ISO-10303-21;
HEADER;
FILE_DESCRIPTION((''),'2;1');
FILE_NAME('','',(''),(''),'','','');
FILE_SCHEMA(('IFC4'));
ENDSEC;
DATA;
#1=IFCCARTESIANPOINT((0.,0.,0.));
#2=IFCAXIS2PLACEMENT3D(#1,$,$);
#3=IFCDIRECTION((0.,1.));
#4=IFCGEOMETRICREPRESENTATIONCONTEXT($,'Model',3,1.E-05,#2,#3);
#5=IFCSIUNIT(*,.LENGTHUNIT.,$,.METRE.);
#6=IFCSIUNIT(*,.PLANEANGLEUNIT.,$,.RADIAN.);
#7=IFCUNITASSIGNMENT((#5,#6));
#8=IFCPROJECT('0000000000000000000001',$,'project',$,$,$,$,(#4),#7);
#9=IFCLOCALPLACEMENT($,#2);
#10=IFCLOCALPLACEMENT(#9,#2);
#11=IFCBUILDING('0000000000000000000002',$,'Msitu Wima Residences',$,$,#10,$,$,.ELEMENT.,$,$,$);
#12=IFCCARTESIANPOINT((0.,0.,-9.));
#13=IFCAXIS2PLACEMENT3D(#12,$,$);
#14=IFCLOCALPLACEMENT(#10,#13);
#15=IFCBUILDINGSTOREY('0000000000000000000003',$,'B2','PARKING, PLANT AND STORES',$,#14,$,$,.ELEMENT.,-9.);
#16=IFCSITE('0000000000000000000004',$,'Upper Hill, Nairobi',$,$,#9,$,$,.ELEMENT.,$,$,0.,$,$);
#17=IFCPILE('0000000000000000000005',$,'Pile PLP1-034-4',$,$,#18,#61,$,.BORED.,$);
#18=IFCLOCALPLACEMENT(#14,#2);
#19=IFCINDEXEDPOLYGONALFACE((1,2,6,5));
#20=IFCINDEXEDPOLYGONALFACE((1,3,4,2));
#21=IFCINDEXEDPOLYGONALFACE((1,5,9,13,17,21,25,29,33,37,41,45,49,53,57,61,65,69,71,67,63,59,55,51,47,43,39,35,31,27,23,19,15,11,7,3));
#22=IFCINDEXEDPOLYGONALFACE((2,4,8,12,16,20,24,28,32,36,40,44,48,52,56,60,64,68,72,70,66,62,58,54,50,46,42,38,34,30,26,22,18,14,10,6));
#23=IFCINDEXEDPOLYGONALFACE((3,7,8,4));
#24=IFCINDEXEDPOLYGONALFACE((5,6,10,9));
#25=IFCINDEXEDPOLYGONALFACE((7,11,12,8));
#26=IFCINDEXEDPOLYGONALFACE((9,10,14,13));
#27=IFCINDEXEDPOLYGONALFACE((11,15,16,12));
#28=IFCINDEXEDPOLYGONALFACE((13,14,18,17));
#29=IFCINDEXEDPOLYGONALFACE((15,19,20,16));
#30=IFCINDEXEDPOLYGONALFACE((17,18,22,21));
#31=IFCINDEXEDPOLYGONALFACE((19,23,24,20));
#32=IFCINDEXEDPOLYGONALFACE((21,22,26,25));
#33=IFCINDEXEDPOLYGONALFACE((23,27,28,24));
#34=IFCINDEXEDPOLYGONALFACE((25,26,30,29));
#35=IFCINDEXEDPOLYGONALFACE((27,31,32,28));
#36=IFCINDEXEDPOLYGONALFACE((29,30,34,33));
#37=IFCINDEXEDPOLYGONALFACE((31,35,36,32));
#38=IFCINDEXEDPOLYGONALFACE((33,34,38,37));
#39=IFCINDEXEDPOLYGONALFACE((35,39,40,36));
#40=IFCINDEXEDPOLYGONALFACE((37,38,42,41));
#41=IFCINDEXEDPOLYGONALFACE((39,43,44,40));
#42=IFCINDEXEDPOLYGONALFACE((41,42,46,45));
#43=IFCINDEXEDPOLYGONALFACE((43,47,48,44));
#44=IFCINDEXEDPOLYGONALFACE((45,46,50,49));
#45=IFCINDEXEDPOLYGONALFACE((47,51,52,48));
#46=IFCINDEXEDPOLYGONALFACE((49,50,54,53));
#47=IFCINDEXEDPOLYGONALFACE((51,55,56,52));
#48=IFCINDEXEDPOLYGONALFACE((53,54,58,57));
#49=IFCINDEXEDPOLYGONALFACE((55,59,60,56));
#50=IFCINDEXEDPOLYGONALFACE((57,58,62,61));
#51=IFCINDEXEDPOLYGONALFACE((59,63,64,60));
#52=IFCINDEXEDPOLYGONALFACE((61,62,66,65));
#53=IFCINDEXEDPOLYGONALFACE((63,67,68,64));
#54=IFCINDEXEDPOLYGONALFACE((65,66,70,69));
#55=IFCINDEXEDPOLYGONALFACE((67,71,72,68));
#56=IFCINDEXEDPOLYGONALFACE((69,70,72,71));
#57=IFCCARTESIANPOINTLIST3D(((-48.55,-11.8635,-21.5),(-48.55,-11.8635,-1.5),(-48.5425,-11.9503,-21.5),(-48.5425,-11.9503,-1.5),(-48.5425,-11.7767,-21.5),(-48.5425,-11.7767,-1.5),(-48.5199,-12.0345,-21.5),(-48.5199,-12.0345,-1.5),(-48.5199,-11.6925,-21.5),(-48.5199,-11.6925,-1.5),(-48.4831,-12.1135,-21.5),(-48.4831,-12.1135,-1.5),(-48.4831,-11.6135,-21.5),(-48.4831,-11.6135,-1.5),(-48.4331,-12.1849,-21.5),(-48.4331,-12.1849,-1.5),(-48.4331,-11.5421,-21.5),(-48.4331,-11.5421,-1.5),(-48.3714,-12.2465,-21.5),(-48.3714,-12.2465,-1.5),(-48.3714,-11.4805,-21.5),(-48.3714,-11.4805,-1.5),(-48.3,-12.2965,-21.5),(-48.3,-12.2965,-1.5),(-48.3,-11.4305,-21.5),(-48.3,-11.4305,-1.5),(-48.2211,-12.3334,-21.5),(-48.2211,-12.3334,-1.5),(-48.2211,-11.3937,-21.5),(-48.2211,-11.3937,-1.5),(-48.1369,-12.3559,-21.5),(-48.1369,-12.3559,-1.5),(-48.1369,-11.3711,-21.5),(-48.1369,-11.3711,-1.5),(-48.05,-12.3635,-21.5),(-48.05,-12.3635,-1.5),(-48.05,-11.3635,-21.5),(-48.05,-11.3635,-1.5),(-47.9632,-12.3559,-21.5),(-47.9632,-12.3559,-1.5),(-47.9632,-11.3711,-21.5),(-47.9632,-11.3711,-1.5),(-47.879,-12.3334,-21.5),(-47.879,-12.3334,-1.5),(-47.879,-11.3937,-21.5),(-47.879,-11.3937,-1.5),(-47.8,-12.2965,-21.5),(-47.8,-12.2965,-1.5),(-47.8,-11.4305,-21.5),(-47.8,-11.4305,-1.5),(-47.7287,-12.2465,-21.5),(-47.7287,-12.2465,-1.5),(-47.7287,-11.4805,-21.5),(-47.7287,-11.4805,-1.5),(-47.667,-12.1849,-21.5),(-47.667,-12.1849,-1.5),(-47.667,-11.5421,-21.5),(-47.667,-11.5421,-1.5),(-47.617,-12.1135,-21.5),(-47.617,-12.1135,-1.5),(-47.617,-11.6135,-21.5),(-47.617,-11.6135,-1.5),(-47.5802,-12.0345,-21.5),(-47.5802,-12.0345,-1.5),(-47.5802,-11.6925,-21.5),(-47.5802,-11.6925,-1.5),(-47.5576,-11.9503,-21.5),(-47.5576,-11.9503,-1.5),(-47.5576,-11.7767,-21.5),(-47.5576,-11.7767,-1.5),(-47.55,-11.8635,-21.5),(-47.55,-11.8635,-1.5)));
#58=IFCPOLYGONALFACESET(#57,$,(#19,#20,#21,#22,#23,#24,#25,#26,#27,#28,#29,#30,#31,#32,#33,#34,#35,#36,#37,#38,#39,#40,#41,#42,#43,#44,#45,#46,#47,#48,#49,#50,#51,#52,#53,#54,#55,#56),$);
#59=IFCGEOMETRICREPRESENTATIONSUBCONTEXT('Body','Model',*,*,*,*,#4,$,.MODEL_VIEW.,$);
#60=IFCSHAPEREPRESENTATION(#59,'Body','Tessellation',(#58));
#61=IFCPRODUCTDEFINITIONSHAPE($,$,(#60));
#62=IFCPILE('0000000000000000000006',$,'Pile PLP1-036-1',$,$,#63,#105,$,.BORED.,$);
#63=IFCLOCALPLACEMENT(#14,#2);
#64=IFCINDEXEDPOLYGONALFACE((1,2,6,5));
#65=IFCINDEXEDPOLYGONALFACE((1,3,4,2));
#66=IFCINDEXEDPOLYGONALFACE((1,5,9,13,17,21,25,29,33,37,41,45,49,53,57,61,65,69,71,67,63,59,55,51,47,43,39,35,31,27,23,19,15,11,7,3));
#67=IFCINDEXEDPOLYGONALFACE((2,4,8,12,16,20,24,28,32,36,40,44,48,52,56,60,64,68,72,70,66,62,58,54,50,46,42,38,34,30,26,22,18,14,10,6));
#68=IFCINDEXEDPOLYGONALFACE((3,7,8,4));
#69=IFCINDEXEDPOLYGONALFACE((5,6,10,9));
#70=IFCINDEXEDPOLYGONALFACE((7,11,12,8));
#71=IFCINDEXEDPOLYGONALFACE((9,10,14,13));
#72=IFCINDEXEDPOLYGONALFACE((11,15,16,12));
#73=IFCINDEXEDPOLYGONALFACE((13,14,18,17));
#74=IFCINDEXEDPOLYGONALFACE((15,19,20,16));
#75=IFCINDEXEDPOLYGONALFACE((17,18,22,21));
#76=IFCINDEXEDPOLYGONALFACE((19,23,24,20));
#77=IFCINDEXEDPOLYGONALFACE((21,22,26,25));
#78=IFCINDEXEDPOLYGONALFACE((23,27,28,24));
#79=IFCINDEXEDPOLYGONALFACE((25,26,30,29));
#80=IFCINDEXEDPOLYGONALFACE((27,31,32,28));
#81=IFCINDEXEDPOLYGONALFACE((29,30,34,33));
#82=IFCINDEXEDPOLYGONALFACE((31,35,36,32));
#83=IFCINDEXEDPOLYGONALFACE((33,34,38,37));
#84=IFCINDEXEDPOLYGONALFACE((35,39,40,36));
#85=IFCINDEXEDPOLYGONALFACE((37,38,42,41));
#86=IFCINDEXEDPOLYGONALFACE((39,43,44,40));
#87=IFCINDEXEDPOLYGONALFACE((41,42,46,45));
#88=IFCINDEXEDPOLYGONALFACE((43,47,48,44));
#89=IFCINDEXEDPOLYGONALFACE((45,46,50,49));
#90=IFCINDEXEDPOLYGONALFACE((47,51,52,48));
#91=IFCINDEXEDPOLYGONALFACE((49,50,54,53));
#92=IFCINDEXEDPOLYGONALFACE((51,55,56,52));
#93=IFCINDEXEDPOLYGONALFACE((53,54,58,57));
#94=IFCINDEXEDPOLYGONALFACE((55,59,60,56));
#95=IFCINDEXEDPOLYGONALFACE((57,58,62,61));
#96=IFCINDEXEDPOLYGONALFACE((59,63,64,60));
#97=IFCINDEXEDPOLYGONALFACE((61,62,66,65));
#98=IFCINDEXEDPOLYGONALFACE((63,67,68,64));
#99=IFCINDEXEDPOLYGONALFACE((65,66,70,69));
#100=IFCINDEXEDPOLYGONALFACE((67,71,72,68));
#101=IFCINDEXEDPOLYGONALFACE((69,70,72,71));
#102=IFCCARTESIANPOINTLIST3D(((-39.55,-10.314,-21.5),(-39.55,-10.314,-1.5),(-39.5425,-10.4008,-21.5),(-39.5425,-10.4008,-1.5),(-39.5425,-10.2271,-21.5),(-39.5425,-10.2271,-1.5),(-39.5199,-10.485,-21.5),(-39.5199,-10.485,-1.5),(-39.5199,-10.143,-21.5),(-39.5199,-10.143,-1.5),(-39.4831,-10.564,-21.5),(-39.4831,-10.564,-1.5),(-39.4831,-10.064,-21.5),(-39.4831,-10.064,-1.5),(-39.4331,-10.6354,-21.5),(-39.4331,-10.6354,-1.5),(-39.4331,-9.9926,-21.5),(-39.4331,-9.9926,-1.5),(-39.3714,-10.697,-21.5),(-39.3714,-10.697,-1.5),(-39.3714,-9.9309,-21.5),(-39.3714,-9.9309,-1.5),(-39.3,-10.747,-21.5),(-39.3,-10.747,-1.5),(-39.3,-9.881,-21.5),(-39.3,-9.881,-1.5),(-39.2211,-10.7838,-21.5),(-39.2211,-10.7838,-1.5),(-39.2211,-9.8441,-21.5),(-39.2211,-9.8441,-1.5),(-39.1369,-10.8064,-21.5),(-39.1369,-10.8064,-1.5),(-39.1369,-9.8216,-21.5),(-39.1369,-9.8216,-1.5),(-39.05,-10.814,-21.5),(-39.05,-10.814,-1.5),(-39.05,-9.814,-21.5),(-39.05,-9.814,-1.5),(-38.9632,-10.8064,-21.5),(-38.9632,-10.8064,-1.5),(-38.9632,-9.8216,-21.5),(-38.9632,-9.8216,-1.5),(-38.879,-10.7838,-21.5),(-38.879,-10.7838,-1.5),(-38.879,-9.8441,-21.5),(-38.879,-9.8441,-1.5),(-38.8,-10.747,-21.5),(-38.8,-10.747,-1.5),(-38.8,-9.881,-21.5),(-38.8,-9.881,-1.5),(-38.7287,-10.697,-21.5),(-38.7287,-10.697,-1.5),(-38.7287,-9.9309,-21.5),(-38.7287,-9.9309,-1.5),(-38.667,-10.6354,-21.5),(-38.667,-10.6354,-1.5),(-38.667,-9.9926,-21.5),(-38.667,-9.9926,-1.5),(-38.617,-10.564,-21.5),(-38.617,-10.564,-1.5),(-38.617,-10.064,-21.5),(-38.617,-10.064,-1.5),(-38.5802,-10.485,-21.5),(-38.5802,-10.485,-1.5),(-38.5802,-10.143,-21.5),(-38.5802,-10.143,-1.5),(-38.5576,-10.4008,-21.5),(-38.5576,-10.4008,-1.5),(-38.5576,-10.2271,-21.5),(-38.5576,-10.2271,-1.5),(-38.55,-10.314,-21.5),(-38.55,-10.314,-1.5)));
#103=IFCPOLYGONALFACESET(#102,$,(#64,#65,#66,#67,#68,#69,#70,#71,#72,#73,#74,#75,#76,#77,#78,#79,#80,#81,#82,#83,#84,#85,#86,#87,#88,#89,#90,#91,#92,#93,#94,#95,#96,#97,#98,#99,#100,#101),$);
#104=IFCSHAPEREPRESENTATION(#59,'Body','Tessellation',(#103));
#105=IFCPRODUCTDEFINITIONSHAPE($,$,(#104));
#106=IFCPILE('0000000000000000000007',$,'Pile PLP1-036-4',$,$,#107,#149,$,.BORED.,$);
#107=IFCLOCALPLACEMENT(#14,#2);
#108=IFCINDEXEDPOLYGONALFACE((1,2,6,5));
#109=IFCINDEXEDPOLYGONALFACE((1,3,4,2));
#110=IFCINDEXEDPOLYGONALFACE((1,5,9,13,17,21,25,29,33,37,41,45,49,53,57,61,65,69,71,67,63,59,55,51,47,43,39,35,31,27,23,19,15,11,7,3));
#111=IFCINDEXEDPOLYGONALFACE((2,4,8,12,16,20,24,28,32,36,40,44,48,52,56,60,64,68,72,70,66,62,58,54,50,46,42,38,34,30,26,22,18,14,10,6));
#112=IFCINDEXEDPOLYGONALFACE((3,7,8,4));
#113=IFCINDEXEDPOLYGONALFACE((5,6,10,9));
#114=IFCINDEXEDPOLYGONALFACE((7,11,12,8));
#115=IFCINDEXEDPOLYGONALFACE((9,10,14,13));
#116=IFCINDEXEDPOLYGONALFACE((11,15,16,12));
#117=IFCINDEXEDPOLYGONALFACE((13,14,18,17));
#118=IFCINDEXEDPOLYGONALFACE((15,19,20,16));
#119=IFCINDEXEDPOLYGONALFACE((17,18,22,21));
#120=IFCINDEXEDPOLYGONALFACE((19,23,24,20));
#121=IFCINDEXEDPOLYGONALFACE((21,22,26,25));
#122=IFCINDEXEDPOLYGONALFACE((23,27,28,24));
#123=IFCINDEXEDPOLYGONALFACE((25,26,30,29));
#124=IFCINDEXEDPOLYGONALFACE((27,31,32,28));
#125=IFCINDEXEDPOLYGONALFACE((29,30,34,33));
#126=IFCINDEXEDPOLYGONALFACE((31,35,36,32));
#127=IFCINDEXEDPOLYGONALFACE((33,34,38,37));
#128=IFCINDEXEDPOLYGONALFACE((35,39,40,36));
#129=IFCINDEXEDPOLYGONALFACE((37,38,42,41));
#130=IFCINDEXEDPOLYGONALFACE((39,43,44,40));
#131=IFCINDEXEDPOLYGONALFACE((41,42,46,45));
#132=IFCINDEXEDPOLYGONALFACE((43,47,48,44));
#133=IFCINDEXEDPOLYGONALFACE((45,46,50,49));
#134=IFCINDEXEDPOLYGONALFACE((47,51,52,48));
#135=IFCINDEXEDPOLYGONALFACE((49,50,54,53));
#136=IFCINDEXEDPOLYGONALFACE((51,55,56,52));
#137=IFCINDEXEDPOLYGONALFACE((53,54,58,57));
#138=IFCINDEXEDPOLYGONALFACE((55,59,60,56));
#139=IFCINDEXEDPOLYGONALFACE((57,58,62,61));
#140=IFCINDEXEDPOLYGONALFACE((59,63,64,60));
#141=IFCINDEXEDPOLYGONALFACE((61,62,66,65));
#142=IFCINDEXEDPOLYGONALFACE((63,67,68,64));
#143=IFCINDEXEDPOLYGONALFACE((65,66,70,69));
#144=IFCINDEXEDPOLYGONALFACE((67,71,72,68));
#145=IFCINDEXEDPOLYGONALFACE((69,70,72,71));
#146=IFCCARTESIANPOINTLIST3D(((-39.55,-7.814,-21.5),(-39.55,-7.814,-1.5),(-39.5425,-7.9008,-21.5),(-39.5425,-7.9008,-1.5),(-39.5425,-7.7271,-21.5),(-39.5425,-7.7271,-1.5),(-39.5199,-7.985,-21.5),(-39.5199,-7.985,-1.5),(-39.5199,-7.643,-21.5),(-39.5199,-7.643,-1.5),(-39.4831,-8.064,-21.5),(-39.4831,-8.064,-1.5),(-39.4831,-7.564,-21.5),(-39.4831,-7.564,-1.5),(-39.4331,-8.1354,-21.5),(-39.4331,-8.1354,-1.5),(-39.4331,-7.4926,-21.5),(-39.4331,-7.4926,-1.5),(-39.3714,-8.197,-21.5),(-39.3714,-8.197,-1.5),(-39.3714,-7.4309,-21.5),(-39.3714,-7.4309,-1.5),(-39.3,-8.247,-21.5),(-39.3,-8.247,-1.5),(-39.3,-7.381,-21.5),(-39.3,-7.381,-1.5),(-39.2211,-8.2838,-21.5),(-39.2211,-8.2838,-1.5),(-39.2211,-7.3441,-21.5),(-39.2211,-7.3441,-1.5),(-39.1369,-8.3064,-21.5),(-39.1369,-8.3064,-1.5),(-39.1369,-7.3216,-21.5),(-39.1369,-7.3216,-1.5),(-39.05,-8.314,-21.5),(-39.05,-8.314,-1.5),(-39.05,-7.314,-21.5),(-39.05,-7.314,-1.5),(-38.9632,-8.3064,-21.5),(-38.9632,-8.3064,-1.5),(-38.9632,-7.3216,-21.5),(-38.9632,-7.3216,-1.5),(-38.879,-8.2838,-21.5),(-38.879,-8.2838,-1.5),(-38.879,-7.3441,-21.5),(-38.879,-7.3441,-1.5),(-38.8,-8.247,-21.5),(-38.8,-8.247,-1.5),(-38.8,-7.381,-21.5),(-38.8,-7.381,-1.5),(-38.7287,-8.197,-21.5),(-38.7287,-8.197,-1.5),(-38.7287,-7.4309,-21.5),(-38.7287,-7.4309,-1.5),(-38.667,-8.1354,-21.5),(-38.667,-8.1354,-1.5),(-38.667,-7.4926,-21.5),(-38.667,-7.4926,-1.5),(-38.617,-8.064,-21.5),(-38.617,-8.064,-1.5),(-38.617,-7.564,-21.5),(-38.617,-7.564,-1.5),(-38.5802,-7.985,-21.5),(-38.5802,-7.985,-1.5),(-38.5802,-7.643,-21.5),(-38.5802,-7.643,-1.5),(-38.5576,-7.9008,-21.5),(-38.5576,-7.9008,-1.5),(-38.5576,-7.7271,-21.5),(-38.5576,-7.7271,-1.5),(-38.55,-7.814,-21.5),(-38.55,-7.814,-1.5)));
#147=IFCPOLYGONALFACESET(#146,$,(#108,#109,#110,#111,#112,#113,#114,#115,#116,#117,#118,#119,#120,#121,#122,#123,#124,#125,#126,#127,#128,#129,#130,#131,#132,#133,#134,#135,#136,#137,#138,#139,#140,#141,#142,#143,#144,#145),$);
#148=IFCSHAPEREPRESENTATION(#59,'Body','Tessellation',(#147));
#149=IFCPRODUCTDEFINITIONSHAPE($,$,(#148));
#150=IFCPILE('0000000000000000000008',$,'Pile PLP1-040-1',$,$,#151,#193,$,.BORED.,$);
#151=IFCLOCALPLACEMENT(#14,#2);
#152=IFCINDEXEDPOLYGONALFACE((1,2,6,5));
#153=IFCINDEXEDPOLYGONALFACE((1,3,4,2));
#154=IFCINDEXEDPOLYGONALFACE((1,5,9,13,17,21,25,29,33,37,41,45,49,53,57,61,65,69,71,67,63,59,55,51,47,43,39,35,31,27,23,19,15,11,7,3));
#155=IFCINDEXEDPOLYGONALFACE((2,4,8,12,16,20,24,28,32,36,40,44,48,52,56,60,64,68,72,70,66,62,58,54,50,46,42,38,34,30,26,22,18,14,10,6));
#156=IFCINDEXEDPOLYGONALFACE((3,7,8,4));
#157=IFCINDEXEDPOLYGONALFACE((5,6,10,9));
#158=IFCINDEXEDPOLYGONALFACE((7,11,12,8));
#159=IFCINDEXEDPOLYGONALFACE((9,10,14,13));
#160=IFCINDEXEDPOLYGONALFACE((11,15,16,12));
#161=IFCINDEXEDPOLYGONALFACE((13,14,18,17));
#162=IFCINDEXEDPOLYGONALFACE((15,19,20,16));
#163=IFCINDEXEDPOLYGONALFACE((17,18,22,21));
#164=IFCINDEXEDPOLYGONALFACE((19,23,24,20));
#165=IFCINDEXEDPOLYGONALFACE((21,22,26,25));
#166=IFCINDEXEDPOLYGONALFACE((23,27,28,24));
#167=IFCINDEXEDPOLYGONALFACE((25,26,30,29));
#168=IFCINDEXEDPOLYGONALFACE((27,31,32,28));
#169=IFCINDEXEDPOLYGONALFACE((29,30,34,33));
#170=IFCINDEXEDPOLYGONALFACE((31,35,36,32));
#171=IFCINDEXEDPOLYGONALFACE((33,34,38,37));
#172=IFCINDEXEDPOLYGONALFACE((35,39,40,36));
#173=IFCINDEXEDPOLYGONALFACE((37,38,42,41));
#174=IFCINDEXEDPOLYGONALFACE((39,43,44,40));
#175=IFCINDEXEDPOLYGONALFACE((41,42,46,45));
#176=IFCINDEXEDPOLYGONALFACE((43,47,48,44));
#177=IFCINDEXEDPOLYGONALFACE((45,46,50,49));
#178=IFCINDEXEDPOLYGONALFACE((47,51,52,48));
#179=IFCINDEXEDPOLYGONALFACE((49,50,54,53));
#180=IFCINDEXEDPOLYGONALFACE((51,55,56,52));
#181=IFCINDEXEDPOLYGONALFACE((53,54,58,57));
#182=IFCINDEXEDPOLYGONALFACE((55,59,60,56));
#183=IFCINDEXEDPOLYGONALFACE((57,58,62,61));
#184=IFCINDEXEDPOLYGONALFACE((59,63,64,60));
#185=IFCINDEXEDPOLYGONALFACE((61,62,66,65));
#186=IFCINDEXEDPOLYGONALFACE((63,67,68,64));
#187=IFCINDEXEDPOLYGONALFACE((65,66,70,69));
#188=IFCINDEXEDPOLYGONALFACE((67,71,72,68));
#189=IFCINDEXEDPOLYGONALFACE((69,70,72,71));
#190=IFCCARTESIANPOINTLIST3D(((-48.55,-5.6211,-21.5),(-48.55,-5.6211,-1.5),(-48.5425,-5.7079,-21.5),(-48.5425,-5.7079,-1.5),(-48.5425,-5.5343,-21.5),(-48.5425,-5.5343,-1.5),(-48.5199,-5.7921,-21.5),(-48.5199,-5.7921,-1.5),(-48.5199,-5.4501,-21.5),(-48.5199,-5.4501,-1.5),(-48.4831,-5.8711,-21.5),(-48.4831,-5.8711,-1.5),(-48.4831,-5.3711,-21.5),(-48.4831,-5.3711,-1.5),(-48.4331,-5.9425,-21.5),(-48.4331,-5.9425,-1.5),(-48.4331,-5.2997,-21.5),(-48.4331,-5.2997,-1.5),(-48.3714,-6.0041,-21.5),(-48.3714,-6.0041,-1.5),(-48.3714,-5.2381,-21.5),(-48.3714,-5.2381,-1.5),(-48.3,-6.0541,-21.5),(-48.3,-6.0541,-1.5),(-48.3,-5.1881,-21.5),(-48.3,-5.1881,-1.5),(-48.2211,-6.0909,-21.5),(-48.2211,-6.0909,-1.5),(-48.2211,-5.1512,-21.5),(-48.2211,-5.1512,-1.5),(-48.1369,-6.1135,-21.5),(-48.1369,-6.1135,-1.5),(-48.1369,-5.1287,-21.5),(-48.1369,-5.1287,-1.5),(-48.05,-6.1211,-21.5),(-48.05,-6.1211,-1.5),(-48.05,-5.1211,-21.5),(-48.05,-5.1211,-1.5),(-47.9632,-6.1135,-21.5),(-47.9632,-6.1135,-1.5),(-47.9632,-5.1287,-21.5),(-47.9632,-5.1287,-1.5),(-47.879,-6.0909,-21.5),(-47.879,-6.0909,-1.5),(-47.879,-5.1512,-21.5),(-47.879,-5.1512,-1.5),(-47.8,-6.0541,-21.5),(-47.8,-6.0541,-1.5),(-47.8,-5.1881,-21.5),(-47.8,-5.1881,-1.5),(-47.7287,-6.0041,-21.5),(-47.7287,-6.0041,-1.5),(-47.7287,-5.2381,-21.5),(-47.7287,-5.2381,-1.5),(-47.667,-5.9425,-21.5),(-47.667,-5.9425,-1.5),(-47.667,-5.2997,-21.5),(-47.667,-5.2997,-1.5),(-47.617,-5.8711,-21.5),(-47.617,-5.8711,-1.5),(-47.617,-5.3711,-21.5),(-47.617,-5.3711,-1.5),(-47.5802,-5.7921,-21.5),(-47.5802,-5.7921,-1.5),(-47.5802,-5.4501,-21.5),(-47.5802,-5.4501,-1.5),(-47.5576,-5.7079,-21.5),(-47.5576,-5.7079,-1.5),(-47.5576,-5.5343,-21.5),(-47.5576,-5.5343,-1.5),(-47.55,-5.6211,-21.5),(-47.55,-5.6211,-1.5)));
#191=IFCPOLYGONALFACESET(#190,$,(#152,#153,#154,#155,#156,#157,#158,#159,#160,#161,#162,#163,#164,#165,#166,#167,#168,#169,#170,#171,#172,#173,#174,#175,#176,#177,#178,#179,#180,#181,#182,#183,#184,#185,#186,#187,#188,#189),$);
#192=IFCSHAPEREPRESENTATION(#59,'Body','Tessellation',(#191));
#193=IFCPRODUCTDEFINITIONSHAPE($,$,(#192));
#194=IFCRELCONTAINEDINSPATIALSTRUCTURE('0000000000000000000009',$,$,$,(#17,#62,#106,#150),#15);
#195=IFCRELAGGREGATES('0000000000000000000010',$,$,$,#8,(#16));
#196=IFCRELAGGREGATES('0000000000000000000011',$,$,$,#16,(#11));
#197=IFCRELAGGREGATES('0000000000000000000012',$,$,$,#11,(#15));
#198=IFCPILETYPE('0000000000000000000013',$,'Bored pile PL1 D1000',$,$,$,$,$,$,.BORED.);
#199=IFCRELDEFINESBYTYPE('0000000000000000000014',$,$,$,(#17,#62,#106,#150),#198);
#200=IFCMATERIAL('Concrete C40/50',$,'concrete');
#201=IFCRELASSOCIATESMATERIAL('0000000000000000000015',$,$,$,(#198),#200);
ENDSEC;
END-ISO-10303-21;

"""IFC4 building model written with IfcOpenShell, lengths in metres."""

from ifc_helpers import new_model, si_unit, direction, frame, origin, origin_2d, place, context, subcontext, project, spatial, circle, extrude, material, type_object, element, save


model = new_model("IFC4")

# Units and contexts
model_context = context("Model", 3, precision=1e-05, world=origin(), true_north=direction((0.0, 1.0)))
body_context = subcontext(model_context, "Body", "Model", "MODEL_VIEW")
ifc_project = project(units=[si_unit("LENGTHUNIT", "METRE"), si_unit("PLANEANGLEUNIT", "RADIAN")], contexts=[model_context])

# Site, building, storey
site_placement = place(None, origin())
site = spatial("IfcSite", under=ifc_project, at=site_placement, Name="Upper Hill, Nairobi", CompositionType="ELEMENT", RefElevation=0.0)
building_placement = place(site_placement, origin())
building = spatial("IfcBuilding", under=site, at=building_placement, Name="Msitu Wima Residences", CompositionType="ELEMENT")
storey_placement = place(building_placement, frame((0.0, 0.0, -9.0)))
storey = spatial("IfcBuildingStorey", under=building, at=storey_placement, Name="B2", Description="PARKING, PLANT AND STORES", CompositionType="ELEMENT", Elevation=-9.0)

# Piles
ifc_material_1 = material(Name="Concrete C40/50", Category="concrete")
pile_type = type_object("IfcPileType", Name="Bored pile PL1 D1000", PredefinedType="BORED", material=ifc_material_1)
for number, where, z_axis, x_axis, name in (
    (1, (-48.05, -11.8635, -1.5), (0.0, 0.0, -1.0), (1.0, 0.0, 0.0), "Pile PLP1-034-4"),
    (2, (-39.05, -10.314, -1.5), (0.0, 0.0, -1.0), (1.0, 0.0, 0.0), "Pile PLP1-036-1"),
    (3, (-39.05, -7.814, -1.5), (0.0, 0.0, -1.0), (1.0, 0.0, 0.0), "Pile PLP1-036-4"),
    (4, (-48.05, -5.6211, -1.5), (0.0, 0.0, -1.0), (1.0, 0.0, 0.0), "Pile PLP1-040-1"),
):
    element("IfcPile", number, at=place(storey_placement, frame(where, z_axis=z_axis, x_axis=x_axis)), inside=storey, type_object=pile_type, Name=name, PredefinedType="BORED", context=body_context, shape_type="SweptSolid", body=[
        extrude(circle(Radius=0.5, at=origin_2d()), origin(), (0.0, 0.0, 1.0), 20.0),
    ])

save(model, "model.ifc")
